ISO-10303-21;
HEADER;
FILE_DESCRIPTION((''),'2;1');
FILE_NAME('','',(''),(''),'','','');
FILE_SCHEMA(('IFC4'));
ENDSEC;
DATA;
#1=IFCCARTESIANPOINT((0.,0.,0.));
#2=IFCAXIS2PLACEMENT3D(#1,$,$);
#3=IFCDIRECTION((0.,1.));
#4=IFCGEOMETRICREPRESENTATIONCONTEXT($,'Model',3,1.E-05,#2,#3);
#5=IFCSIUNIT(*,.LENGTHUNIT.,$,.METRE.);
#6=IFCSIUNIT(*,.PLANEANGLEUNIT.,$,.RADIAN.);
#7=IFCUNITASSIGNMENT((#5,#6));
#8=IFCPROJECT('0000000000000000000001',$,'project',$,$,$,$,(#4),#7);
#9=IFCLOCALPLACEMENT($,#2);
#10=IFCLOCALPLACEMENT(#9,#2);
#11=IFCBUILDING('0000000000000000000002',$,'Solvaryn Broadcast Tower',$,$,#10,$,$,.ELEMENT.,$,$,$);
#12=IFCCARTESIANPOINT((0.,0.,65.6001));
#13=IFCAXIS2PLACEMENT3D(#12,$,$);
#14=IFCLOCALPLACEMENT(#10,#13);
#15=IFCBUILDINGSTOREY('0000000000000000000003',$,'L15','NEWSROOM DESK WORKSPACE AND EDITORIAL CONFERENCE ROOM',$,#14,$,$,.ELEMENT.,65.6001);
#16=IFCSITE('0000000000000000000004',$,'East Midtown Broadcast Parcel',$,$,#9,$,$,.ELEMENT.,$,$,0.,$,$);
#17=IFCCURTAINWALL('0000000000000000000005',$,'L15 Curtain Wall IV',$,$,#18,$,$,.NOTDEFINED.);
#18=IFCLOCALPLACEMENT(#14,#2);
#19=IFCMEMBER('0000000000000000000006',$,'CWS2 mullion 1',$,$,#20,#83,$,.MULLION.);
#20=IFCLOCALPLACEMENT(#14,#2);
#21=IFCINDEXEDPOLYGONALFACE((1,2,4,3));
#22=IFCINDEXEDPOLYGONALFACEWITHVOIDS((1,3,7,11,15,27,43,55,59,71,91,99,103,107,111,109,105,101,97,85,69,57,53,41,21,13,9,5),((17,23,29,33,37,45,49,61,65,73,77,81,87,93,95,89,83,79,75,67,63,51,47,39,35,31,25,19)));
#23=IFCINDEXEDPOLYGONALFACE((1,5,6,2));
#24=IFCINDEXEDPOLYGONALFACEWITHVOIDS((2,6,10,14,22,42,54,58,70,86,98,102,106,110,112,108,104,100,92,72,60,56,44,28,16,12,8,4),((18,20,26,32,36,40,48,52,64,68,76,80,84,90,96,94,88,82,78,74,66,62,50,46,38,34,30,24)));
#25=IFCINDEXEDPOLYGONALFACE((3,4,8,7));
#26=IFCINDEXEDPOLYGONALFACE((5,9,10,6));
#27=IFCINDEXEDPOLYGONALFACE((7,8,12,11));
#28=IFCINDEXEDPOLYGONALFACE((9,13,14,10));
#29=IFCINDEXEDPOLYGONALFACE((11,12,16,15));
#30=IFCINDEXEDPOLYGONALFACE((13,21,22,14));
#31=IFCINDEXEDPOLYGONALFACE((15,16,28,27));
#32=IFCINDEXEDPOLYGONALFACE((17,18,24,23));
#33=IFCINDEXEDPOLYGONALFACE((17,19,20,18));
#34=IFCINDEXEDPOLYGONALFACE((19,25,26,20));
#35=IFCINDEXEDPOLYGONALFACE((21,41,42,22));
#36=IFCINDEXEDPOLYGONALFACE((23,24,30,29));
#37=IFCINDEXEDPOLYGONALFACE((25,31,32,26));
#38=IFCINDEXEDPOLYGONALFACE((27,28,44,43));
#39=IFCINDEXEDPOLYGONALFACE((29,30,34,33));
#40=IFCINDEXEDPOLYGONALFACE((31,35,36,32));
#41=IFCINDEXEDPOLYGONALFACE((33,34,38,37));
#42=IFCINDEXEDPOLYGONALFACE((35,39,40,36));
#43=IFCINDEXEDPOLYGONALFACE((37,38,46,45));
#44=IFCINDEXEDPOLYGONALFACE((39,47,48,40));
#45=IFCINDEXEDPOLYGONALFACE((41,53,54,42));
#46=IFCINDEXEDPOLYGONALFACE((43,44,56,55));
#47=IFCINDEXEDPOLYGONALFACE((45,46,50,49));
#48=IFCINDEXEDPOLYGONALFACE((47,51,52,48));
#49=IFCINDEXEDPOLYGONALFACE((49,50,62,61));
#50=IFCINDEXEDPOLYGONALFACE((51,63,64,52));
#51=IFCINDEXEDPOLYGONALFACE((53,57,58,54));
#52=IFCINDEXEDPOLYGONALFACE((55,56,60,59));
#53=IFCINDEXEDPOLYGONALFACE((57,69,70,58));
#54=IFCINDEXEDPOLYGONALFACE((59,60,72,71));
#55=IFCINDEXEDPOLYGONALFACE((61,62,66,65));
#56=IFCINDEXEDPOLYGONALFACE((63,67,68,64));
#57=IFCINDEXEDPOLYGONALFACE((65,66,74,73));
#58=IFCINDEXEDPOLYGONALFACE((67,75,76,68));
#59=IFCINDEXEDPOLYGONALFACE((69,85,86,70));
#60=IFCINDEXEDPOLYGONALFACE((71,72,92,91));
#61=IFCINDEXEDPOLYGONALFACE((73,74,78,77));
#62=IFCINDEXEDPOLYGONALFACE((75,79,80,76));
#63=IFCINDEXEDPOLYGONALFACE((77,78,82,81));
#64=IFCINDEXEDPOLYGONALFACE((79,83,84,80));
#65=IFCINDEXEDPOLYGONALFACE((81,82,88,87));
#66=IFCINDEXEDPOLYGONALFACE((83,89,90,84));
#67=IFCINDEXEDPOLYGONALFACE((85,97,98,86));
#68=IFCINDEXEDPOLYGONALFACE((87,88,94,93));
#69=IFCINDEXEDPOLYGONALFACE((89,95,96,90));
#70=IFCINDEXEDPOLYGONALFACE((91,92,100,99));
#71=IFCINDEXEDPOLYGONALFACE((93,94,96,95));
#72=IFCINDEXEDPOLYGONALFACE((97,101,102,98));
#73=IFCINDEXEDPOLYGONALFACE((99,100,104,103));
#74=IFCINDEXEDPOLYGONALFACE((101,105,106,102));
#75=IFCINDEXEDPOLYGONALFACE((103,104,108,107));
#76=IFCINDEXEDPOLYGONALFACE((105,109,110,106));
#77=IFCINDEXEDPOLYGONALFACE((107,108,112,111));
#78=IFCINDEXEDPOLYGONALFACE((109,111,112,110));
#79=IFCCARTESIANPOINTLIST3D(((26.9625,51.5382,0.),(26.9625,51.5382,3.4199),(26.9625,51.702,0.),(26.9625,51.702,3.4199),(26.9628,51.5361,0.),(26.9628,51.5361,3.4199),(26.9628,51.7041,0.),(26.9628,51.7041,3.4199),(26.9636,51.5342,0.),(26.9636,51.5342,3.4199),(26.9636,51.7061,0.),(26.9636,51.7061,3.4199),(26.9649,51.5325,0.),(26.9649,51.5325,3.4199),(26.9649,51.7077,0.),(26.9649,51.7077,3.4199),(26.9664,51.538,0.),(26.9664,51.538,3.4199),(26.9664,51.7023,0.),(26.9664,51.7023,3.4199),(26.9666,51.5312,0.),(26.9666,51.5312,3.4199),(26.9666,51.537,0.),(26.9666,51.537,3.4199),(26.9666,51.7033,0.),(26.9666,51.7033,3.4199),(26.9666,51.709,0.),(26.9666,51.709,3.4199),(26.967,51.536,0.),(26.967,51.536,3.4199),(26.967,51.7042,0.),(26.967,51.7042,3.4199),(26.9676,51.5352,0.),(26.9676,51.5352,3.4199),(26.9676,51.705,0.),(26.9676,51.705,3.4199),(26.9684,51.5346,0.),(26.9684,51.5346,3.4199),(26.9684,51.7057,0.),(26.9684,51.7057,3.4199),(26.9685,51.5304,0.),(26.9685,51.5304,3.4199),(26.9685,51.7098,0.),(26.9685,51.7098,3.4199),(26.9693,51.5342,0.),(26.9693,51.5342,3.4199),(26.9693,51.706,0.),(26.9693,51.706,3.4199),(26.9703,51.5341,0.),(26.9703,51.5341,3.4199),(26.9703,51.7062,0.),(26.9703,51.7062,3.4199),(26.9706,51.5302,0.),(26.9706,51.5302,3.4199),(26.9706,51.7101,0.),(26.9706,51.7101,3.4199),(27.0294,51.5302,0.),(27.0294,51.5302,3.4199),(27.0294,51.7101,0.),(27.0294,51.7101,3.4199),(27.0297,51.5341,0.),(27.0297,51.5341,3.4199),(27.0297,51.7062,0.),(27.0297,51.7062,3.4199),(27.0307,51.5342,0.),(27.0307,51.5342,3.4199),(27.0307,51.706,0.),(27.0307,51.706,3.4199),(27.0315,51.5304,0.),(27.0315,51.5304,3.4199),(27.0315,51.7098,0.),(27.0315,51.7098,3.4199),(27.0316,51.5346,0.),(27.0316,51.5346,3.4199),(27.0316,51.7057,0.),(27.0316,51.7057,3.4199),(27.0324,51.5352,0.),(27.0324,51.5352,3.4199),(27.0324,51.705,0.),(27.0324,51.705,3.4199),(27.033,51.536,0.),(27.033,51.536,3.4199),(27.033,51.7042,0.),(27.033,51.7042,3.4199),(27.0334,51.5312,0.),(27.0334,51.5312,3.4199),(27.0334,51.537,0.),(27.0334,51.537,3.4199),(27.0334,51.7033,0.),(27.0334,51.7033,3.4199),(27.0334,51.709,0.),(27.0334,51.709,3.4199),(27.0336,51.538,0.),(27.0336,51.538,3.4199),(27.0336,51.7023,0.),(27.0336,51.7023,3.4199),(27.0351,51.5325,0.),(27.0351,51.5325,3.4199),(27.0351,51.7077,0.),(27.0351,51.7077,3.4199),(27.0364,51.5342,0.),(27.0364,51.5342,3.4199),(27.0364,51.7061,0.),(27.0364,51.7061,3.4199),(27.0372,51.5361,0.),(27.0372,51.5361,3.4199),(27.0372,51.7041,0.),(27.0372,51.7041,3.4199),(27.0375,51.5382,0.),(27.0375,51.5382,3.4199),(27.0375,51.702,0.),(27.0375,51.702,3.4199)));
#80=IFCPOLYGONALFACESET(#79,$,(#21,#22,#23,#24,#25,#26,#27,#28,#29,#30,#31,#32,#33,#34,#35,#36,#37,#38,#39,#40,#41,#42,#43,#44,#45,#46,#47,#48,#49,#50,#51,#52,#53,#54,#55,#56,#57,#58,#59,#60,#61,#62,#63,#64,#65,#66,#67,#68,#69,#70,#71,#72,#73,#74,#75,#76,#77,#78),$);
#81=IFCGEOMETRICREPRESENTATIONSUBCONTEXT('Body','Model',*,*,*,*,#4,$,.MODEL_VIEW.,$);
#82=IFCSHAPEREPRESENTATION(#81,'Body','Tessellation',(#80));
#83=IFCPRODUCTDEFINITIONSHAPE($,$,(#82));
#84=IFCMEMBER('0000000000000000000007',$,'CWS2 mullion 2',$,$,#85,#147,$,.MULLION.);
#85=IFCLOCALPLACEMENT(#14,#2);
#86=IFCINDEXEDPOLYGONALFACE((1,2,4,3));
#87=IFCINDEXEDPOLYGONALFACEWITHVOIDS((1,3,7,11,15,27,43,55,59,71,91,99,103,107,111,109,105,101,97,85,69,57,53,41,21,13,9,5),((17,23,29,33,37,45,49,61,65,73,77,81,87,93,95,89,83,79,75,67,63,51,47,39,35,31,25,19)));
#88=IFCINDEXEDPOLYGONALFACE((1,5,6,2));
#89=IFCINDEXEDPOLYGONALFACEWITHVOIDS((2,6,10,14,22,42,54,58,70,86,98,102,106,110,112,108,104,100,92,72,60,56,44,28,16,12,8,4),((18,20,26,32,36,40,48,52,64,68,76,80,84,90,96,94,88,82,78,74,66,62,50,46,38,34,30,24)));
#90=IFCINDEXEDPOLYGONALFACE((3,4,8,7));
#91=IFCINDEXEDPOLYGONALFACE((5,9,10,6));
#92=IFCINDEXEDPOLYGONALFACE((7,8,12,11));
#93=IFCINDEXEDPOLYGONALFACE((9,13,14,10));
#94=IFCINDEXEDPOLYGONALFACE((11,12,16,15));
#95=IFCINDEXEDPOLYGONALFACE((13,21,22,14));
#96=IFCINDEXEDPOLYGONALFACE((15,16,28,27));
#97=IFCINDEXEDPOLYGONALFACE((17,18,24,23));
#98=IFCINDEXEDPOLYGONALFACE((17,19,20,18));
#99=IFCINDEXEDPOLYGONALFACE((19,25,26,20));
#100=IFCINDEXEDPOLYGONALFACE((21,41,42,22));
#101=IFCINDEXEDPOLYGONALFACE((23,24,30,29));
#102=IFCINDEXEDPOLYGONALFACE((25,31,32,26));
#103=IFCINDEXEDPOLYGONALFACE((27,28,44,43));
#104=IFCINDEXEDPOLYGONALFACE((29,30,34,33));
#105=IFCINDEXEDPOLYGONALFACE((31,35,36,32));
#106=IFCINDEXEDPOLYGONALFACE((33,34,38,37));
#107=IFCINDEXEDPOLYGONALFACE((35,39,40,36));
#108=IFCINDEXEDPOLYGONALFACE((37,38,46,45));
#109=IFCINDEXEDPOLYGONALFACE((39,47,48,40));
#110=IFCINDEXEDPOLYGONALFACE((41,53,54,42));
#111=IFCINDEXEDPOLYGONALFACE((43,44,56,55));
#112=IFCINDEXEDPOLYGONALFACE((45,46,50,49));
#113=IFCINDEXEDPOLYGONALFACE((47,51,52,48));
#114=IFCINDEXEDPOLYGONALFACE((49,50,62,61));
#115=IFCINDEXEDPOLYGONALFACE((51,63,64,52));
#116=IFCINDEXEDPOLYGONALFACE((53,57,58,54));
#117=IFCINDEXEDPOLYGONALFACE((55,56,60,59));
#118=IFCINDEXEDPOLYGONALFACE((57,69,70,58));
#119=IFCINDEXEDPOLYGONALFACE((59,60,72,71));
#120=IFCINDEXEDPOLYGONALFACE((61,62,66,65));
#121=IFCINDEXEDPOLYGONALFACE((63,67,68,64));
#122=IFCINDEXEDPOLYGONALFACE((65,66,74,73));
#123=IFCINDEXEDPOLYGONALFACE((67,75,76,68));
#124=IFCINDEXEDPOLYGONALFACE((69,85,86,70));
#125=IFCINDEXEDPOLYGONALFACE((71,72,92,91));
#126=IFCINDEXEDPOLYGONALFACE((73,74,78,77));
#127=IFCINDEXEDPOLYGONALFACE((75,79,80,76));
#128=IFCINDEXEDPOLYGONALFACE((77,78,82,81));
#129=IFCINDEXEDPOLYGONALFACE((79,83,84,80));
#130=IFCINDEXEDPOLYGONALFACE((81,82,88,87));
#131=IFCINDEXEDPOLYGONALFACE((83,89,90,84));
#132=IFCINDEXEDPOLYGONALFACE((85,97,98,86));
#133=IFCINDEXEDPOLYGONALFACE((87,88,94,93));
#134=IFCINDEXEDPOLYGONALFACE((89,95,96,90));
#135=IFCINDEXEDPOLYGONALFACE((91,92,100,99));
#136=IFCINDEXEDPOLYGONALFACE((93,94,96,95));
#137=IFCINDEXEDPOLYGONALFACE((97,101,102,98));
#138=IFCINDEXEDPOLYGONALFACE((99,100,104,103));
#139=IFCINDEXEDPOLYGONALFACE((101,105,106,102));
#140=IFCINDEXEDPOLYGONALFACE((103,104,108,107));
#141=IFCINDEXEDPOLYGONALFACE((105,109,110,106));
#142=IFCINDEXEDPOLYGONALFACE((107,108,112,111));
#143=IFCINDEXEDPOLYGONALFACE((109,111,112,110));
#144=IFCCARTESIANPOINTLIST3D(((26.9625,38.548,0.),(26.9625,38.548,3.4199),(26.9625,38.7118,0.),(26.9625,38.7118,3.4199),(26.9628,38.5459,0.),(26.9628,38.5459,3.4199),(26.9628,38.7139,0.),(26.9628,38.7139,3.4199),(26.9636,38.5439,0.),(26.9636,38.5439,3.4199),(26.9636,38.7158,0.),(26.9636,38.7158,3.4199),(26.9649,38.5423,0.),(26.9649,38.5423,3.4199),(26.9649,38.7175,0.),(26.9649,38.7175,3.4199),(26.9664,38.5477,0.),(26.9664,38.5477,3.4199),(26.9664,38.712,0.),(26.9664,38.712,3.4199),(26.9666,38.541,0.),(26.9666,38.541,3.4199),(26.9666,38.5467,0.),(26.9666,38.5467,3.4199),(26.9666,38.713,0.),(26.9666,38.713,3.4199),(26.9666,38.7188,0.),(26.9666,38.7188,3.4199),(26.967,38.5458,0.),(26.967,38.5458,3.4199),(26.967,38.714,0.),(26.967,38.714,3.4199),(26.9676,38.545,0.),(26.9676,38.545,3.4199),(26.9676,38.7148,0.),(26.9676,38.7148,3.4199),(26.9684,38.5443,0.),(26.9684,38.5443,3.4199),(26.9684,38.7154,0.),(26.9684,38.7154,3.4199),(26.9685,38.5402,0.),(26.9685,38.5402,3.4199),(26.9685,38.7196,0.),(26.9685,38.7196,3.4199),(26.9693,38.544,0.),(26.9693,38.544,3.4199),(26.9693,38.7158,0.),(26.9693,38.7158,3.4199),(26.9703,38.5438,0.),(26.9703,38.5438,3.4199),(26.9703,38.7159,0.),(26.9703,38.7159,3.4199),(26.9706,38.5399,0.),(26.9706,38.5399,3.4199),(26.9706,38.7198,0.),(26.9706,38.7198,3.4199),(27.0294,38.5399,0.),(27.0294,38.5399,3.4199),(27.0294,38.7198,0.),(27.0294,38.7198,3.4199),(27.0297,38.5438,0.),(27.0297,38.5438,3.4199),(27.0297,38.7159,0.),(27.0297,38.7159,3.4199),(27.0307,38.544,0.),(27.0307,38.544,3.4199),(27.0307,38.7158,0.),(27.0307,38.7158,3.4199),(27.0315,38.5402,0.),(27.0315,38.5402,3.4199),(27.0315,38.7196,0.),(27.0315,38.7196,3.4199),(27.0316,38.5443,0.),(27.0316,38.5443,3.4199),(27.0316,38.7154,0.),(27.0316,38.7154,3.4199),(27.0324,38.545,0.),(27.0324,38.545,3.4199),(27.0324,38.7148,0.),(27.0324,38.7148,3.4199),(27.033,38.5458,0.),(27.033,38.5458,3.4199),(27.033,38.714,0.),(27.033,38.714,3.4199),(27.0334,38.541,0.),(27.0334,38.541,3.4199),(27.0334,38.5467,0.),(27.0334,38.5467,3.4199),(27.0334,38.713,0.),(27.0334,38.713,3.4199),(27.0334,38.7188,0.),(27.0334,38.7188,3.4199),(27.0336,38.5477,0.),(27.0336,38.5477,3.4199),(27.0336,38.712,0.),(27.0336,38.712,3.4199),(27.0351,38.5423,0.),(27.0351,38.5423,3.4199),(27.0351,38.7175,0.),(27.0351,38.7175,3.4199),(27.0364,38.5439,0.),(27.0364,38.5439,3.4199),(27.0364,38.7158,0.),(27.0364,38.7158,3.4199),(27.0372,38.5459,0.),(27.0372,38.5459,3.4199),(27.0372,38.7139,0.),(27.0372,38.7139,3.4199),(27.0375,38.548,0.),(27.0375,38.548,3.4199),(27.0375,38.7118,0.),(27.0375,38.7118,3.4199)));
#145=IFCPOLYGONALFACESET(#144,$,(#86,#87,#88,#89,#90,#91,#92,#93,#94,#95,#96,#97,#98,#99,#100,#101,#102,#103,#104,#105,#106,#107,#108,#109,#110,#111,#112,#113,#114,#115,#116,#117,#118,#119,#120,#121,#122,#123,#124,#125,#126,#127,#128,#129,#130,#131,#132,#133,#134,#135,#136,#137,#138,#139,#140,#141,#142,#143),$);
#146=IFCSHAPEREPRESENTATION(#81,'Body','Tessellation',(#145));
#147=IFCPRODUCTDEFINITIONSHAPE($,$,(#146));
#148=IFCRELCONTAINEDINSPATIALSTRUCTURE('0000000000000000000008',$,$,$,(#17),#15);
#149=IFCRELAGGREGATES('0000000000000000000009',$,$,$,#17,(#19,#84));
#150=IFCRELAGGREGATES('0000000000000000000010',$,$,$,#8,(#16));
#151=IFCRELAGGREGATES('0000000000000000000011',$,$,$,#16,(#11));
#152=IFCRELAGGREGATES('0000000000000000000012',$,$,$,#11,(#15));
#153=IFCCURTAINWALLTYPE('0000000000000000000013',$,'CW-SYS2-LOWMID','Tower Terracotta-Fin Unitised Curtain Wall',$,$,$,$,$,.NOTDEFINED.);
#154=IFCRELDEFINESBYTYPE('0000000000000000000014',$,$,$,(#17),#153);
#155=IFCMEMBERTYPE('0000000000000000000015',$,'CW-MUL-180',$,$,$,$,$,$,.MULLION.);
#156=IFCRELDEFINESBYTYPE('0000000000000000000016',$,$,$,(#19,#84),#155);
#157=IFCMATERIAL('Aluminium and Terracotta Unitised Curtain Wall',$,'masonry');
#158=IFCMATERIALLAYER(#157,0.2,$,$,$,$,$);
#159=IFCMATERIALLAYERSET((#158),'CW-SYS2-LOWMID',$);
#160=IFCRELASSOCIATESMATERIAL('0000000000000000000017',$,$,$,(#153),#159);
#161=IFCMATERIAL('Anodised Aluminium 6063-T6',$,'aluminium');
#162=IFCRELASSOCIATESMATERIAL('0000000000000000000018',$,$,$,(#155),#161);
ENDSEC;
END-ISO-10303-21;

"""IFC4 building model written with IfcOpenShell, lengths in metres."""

from ifc_helpers import new_model, si_unit, direction, frame, origin, origin_2d, place, context, subcontext, project, spatial, hollow_rectangle, extrude, material, layer, layer_set, material_profile, profile_set, type_object, element, aggregate, save


model = new_model("IFC4")

# Units and contexts
model_context = context("Model", 3, precision=1e-05, world=origin(), true_north=direction((0.0, 1.0)))
body_context = subcontext(model_context, "Body", "Model", "MODEL_VIEW")
ifc_project = project(units=[si_unit("LENGTHUNIT", "METRE"), si_unit("PLANEANGLEUNIT", "RADIAN")], contexts=[model_context])

# Site, building, storey
site_placement = place(None, origin())
site = spatial("IfcSite", under=ifc_project, at=site_placement, Name="East Midtown Broadcast Parcel", CompositionType="ELEMENT", RefElevation=0.0)
building_placement = place(site_placement, origin())
building = spatial("IfcBuilding", under=site, at=building_placement, Name="Solvaryn Broadcast Tower", CompositionType="ELEMENT")
storey_placement = place(building_placement, frame((0.0, 0.0, 65.6001)))
storey = spatial("IfcBuildingStorey", under=building, at=storey_placement, Name="L15", Description="NEWSROOM DESK WORKSPACE AND EDITORIAL CONFERENCE ROOM", CompositionType="ELEMENT", Elevation=65.6001)

# Curtain wall, members
ifc_material_1 = material(Name="Aluminium and Terracotta Unitised Curtain Wall", Category="masonry")
ifc_layer_1 = layer(ifc_material_1, 0.2)
ifc_layer_set_1 = layer_set([ifc_layer_1], Name="CW-SYS2-LOWMID")
curtain_wall_type = type_object("IfcCurtainWallType", Name="CW-SYS2-LOWMID", Description="Tower Terracotta-Fin Unitised Curtain Wall", PredefinedType="NOTDEFINED", material=ifc_layer_set_1)
curtain_wall_1_placement = place(storey_placement, origin())
curtain_wall_1 = element("IfcCurtainWall", 1, at=curtain_wall_1_placement, inside=storey, type_object=curtain_wall_type, Name="L15 Curtain Wall IV", PredefinedType="NOTDEFINED")
ifc_material_2 = material(Name="Anodised Aluminium 6063-T6", Category="aluminium")
ifc_material_profile_1 = material_profile(ifc_material_2, hollow_rectangle(XDim=0.075, YDim=0.1799, WallThickness=0.0039, InnerFilletRadius=0.0039, OuterFilletRadius=0.0081, at=origin_2d()))
ifc_profile_set_1 = profile_set([ifc_material_profile_1], Name="Anodised Aluminium 6063-T6")
member_type_1 = type_object("IfcMemberType", Name="CW-MUL-180", PredefinedType="MULLION", material=ifc_profile_set_1)
member_1_placement = place(storey_placement, frame((27.0, 51.6201, 0.0), z_axis=(0.0, 0.0, 1.0), x_axis=(1.0, 0.0, 0.0)))
member_1 = element("IfcMember", 2, at=member_1_placement, type_object=member_type_1, Name="CWS2 mullion 1", PredefinedType="MULLION", context=body_context, shape_type="SweptSolid", body=[
    extrude(hollow_rectangle(XDim=0.075, YDim=0.1799, WallThickness=0.0039, InnerFilletRadius=0.0039, OuterFilletRadius=0.0081, at=origin_2d()), origin(), (0.0, 0.0, 1.0), 3.4199),
])
member_2_placement = place(storey_placement, frame((27.0, 38.6299, 0.0), z_axis=(0.0, 0.0, 1.0), x_axis=(1.0, 0.0, 0.0)))
member_2 = element("IfcMember", 3, at=member_2_placement, type_object=member_type_1, Name="CWS2 mullion 2", PredefinedType="MULLION", context=body_context, shape_type="SweptSolid", body=[
    extrude(hollow_rectangle(XDim=0.075, YDim=0.1799, WallThickness=0.0039, InnerFilletRadius=0.0039, OuterFilletRadius=0.0081, at=origin_2d()), origin(), (0.0, 0.0, 1.0), 3.4199),
])

aggregate(curtain_wall_1, [member_1, member_2])

save(model, "model.ifc")
